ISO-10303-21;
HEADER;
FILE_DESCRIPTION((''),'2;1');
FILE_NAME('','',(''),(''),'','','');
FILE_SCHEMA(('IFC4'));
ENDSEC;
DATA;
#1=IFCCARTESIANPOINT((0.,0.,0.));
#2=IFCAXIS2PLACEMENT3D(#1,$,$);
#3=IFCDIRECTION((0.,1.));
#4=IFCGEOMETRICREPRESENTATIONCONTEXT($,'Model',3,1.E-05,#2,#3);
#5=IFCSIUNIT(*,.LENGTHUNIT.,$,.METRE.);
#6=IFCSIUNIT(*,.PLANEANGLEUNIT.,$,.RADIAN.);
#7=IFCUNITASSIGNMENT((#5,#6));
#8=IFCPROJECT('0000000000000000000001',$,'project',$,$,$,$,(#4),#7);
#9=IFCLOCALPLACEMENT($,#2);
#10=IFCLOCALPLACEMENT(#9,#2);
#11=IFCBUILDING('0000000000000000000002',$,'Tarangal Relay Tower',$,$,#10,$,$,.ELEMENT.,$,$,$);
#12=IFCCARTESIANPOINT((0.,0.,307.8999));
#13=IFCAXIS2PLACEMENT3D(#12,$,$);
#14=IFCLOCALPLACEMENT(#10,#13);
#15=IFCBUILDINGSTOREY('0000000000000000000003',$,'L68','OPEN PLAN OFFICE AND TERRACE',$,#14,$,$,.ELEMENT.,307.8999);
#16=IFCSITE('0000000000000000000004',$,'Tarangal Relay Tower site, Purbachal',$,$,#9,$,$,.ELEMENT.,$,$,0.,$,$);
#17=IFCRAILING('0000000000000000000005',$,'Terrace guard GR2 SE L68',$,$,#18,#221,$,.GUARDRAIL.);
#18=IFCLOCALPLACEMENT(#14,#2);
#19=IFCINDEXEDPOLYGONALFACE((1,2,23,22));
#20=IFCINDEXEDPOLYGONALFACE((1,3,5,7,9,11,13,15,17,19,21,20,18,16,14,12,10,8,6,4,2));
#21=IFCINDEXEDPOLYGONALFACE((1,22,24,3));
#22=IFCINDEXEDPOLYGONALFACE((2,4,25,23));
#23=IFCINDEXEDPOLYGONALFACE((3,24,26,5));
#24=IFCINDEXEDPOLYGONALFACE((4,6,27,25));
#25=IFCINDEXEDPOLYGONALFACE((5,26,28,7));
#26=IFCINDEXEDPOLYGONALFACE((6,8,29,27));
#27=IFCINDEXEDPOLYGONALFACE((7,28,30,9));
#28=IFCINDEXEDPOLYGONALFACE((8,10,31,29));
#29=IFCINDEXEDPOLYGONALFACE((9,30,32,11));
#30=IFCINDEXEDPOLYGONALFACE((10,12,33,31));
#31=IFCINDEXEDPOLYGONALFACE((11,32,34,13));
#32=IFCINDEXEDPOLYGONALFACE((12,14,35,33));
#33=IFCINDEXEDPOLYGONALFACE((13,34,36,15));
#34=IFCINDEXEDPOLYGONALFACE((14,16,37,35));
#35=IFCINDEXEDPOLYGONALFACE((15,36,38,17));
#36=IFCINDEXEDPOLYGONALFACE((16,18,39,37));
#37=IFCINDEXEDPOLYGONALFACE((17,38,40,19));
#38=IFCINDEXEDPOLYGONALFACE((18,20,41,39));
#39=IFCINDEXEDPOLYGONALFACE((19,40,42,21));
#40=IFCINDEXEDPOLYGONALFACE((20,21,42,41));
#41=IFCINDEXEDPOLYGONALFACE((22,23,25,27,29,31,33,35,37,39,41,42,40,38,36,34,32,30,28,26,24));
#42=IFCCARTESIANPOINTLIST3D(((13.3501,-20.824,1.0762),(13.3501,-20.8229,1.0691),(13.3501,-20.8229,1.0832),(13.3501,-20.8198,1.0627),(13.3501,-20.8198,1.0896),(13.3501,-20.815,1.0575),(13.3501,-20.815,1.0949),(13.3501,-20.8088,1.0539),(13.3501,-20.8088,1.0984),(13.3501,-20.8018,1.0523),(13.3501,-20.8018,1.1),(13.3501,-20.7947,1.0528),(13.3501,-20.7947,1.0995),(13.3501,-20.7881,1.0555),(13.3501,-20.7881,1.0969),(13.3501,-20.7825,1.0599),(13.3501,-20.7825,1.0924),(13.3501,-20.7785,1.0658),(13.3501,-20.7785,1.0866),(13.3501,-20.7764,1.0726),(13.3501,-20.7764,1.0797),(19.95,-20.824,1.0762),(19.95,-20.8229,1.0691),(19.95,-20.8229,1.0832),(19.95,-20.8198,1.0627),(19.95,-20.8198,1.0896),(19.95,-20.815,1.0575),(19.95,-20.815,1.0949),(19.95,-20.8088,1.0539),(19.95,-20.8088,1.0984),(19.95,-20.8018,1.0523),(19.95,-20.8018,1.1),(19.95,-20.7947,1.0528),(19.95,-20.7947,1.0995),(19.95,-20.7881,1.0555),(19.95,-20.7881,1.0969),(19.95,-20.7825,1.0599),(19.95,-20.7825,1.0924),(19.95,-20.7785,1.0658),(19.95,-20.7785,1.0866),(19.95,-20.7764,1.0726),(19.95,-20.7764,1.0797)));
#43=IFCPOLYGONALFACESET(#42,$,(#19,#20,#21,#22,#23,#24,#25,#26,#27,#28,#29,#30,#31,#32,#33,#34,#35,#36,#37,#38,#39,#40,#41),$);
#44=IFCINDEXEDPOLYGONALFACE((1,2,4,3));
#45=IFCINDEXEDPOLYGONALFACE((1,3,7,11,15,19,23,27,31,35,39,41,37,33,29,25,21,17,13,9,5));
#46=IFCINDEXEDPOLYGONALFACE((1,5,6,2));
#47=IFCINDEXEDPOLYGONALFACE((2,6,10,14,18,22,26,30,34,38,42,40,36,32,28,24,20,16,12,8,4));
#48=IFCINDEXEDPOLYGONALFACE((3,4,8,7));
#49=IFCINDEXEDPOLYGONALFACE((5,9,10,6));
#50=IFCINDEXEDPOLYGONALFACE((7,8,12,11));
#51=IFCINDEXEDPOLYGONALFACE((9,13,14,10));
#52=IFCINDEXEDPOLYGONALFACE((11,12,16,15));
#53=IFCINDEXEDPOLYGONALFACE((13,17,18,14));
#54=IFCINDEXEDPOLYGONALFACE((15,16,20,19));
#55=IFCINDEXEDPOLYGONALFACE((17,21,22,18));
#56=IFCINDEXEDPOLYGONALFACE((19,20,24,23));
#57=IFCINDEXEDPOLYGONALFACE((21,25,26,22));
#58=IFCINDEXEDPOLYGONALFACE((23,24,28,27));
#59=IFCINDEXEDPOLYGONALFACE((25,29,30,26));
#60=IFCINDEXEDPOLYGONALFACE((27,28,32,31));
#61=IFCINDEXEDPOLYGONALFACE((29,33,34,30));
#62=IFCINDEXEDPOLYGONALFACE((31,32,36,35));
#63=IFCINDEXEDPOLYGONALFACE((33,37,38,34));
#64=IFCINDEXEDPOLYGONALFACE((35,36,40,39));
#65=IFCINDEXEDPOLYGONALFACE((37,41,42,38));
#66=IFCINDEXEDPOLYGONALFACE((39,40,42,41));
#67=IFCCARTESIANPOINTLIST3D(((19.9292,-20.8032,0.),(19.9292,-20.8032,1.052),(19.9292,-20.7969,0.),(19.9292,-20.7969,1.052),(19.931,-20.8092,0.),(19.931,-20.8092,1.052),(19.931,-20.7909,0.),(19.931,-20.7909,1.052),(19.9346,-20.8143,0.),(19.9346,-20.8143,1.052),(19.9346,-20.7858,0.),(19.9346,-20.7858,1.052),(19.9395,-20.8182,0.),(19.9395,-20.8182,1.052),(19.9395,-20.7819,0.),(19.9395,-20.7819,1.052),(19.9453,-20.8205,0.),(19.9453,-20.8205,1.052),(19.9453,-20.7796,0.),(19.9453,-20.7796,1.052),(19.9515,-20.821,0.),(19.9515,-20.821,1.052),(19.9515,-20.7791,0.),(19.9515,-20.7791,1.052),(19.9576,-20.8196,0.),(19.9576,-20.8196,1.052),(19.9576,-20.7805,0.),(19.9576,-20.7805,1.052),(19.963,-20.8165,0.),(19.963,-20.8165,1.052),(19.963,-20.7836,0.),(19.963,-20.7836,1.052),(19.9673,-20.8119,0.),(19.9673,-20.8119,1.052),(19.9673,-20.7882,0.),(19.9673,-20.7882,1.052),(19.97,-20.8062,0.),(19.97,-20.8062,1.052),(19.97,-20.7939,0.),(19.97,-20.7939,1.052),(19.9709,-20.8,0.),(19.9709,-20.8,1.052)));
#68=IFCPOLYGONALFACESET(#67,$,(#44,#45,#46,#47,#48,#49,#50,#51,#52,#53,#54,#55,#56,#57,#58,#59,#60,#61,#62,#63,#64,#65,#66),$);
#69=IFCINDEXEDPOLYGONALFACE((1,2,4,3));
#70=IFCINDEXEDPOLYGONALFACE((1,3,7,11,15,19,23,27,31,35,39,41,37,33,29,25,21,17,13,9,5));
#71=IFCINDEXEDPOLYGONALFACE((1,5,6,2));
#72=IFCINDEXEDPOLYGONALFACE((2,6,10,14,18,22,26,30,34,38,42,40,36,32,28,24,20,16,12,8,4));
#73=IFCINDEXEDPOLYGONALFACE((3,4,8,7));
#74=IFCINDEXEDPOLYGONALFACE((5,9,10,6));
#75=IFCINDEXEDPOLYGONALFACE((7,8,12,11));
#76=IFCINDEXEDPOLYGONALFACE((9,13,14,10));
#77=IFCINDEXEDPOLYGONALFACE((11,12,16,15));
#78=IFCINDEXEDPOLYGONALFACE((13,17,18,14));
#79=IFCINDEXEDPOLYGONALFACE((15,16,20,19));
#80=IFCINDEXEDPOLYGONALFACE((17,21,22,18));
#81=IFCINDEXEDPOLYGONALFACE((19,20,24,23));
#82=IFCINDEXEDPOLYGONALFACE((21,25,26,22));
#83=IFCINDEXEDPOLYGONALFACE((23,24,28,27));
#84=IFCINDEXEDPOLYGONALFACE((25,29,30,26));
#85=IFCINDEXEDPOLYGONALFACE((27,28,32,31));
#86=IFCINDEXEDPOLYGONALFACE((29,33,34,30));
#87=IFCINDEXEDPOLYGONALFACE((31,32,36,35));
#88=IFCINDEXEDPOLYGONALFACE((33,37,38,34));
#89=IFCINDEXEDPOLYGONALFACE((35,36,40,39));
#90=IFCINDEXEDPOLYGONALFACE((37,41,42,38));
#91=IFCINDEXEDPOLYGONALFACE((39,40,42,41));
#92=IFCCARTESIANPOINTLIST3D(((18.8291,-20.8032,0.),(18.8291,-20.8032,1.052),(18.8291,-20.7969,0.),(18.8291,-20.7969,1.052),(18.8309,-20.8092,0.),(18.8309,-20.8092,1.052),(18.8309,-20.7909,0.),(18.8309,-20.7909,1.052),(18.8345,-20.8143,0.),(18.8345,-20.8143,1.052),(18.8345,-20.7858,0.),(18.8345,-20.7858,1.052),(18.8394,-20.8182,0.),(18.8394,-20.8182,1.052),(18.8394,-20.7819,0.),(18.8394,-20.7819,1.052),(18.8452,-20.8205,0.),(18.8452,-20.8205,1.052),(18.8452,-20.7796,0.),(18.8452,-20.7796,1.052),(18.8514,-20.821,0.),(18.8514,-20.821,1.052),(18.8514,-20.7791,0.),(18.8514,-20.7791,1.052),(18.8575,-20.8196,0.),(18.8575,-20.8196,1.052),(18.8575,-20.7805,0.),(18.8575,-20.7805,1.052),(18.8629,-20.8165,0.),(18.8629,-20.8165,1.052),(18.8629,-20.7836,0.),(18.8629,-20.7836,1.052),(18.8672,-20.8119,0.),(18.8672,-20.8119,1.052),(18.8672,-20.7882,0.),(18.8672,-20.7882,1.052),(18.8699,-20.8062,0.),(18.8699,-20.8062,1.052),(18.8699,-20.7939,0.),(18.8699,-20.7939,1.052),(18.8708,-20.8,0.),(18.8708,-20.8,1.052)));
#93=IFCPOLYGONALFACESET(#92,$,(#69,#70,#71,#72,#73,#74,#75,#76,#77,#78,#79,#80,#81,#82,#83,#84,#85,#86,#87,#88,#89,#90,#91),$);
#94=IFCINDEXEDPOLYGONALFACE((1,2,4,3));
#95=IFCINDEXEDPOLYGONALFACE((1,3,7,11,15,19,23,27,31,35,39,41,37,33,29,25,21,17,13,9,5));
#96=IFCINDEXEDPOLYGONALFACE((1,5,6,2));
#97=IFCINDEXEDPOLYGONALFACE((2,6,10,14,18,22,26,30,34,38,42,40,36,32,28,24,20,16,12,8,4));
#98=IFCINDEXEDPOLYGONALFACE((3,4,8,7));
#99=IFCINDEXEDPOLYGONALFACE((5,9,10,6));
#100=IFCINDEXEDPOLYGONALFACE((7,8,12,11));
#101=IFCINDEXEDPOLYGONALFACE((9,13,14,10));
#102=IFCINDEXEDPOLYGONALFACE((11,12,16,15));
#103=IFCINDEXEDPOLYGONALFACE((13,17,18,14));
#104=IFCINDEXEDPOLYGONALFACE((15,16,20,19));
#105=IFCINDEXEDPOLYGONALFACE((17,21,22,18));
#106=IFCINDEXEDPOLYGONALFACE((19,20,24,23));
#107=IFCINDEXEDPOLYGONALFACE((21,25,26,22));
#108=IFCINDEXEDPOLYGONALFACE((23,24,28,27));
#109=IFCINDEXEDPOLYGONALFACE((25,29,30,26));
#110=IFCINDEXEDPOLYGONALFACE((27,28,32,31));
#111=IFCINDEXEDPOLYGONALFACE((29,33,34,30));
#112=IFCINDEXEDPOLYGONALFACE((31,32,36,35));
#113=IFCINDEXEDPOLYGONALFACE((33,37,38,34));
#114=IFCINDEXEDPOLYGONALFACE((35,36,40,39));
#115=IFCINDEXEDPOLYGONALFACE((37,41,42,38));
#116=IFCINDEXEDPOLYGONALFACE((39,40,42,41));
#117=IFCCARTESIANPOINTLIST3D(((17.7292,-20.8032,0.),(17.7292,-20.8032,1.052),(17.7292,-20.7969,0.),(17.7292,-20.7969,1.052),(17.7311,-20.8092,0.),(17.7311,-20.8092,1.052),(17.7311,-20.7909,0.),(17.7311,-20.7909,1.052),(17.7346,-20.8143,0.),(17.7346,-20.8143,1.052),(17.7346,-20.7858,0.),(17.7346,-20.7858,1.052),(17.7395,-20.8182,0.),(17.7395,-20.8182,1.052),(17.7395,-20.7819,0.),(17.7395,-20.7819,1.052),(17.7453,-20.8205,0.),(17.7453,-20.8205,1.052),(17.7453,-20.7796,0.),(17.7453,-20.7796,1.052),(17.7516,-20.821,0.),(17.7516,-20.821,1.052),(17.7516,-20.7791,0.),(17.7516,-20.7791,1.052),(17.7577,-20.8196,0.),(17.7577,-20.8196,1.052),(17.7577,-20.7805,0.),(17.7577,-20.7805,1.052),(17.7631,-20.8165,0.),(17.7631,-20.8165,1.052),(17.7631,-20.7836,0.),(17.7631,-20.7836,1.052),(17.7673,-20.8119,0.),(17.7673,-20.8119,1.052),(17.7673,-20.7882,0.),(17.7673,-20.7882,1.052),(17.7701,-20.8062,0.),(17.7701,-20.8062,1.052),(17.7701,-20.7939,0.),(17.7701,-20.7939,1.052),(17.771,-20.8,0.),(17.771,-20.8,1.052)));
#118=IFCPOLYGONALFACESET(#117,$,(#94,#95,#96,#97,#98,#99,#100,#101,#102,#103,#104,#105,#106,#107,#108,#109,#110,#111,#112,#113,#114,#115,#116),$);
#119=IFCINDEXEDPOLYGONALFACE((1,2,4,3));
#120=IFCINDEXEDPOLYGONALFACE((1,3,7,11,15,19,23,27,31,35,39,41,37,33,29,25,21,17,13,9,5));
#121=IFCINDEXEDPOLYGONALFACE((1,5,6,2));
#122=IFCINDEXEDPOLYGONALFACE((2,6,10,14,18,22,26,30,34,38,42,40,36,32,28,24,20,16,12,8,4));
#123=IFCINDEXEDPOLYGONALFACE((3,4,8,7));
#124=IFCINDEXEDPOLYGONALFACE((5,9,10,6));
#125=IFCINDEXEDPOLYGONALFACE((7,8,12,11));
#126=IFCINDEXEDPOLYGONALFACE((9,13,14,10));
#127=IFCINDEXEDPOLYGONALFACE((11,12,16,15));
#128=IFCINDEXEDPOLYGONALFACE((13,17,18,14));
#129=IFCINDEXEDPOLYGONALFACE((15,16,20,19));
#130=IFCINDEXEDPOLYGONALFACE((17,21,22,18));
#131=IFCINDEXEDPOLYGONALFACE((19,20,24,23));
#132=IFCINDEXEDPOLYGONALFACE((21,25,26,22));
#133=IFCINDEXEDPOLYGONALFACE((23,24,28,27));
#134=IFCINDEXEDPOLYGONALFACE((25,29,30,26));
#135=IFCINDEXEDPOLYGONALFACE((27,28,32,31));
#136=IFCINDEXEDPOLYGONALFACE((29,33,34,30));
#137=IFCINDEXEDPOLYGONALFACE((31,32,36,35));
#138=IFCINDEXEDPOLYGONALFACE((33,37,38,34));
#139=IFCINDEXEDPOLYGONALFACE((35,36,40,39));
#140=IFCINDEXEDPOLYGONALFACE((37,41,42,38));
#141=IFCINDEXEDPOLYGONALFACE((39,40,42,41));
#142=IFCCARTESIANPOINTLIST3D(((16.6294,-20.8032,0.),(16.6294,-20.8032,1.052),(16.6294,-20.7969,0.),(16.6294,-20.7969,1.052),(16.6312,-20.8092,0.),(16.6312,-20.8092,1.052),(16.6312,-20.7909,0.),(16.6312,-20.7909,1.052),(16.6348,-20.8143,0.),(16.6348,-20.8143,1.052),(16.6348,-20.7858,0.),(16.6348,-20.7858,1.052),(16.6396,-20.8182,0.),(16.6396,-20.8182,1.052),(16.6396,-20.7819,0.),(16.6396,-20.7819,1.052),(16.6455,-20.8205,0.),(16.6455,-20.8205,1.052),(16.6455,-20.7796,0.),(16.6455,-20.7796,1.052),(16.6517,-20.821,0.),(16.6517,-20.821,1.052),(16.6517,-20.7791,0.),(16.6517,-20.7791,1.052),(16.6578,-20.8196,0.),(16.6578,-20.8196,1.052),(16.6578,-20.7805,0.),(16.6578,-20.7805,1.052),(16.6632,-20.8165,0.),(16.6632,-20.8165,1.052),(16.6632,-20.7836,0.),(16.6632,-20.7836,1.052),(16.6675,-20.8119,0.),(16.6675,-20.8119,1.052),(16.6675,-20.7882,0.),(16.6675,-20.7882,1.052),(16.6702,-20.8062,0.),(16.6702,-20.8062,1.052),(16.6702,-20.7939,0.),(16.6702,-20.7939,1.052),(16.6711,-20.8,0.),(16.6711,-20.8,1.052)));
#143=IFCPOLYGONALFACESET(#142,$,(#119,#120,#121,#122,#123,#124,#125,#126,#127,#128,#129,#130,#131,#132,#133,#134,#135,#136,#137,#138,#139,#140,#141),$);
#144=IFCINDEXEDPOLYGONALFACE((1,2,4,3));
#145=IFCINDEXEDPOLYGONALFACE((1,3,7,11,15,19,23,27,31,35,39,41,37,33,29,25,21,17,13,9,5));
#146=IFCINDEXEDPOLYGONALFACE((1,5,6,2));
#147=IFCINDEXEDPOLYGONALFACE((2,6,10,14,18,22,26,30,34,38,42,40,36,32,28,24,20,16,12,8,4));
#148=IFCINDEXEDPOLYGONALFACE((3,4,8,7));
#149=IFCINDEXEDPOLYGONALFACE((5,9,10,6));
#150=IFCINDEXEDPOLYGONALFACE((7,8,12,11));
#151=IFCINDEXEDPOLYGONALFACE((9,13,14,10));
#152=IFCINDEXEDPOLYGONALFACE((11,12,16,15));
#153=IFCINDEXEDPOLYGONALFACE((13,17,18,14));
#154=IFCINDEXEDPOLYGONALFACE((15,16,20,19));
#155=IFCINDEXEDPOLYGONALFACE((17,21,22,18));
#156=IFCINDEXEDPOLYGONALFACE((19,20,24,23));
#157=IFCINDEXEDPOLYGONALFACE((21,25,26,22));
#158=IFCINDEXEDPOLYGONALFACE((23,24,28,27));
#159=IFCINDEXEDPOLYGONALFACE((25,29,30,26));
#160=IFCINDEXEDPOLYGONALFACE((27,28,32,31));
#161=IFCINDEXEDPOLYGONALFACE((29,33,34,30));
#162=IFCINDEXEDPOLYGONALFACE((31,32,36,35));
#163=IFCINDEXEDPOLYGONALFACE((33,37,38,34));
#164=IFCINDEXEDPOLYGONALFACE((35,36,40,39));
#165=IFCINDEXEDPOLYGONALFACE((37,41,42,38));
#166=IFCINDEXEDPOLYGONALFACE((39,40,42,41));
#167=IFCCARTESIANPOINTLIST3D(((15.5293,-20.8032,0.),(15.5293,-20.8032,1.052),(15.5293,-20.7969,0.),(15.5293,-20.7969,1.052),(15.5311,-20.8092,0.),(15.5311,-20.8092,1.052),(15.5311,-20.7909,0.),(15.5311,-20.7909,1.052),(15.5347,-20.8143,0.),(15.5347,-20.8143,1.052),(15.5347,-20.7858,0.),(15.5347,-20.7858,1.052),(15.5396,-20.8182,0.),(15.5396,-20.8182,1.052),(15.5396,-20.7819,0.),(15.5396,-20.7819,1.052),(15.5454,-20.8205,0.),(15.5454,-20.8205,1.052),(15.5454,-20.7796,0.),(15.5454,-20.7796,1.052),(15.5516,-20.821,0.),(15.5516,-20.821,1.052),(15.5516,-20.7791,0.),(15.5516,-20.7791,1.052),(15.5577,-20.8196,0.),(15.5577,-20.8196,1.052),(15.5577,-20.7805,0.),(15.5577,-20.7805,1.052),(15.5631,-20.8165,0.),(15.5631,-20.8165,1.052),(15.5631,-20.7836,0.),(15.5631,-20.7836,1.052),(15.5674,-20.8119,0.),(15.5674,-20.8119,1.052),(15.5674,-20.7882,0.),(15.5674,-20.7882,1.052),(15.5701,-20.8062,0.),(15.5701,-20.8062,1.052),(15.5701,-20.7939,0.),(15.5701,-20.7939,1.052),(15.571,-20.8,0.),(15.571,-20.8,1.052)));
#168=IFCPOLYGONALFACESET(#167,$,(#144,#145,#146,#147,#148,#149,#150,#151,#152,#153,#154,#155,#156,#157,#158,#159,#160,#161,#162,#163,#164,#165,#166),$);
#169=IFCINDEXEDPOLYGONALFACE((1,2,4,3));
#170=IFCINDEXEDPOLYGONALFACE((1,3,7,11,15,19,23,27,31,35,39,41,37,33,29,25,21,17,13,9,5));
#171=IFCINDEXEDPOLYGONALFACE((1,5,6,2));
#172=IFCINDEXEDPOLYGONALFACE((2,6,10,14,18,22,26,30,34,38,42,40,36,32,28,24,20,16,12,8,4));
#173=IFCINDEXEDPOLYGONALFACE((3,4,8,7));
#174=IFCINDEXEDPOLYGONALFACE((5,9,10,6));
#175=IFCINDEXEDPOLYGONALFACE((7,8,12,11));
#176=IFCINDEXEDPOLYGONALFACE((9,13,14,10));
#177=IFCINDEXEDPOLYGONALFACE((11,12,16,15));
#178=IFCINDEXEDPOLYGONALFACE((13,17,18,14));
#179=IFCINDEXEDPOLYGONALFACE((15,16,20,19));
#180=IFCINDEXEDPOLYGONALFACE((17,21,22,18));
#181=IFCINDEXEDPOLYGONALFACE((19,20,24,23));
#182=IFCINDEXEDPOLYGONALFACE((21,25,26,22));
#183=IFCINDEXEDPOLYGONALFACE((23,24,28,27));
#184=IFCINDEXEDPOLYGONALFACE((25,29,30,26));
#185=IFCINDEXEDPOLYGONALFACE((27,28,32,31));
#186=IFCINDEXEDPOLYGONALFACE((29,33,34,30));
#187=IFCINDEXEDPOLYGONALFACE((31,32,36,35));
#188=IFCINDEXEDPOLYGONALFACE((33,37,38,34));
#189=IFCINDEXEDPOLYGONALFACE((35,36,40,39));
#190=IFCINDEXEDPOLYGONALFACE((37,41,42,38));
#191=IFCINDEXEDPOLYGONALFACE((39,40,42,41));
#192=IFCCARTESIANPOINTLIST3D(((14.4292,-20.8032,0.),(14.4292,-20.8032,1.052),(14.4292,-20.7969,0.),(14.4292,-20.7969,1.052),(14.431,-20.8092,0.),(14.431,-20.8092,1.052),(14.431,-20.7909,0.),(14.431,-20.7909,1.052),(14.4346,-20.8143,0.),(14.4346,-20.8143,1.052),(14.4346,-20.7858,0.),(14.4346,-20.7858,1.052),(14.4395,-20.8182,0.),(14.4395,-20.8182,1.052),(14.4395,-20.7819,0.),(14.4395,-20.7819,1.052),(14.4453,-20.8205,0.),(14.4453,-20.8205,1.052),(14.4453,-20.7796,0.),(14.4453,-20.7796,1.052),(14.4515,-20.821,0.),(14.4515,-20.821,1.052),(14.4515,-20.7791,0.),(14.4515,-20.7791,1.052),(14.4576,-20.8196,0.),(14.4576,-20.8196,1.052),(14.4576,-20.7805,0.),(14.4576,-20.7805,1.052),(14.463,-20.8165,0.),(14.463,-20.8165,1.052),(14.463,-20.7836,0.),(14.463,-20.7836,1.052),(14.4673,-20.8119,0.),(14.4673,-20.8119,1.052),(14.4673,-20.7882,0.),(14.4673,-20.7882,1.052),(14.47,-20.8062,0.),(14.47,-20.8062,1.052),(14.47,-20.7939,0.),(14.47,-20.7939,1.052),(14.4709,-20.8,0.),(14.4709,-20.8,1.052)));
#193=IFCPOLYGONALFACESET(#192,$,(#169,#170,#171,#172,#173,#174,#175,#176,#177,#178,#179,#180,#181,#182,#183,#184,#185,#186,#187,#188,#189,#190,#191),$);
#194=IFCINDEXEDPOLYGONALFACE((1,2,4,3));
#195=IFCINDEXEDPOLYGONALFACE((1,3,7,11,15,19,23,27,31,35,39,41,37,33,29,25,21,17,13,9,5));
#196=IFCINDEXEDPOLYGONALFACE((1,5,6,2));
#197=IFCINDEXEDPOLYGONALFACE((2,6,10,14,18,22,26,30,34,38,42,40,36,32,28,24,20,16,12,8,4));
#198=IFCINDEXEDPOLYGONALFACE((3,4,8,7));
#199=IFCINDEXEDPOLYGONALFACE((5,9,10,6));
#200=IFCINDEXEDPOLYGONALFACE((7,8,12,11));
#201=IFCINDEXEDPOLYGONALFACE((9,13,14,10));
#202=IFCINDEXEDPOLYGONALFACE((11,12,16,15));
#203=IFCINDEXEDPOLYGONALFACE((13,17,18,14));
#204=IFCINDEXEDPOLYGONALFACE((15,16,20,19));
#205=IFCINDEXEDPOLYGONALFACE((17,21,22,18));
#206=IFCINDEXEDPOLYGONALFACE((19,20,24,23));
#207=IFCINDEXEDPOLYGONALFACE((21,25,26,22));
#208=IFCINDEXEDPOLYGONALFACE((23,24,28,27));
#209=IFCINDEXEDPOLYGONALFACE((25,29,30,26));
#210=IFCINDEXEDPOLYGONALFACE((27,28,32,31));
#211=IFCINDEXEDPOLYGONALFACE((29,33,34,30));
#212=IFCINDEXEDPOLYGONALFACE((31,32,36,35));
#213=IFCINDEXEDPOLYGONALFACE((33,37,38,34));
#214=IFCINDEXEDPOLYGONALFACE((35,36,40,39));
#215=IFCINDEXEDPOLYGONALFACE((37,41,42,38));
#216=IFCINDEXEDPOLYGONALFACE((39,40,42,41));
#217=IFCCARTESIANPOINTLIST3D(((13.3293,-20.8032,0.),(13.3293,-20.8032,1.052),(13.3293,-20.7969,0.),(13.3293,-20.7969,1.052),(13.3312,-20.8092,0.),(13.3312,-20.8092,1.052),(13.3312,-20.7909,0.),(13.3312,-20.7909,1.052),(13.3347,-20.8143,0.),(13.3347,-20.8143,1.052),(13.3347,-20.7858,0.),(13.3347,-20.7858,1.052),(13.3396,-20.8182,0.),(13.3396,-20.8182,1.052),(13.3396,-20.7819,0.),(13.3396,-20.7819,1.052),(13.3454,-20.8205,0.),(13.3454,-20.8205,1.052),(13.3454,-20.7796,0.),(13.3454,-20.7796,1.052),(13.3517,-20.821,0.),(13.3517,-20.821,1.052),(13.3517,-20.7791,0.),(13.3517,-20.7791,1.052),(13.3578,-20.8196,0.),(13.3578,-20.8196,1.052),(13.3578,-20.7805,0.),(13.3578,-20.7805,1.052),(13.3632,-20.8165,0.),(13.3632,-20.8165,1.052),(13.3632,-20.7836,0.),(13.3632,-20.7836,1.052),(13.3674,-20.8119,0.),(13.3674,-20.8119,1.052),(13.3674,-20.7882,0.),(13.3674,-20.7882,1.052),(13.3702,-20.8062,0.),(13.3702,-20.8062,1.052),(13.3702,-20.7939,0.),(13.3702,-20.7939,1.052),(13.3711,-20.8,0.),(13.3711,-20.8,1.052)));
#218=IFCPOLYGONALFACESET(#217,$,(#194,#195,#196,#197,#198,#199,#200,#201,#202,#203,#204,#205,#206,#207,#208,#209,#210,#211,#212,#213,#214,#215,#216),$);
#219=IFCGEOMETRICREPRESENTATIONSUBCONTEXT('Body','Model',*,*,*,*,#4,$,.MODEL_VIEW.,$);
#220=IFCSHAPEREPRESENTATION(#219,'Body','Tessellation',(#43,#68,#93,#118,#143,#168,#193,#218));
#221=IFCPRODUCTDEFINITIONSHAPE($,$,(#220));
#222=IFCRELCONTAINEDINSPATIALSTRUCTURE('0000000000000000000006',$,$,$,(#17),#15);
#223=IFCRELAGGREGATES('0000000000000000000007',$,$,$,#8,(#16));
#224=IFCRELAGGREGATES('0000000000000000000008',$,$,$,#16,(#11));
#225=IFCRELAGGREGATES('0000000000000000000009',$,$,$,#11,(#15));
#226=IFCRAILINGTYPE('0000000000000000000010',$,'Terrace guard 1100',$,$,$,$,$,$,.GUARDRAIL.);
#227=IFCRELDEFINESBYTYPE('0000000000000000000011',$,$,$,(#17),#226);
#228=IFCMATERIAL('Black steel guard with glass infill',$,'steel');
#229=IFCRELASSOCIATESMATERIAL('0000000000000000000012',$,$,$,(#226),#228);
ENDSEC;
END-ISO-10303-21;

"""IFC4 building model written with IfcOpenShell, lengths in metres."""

from ifc_helpers import new_model, si_unit, direction, frame, origin, origin_2d, place, context, subcontext, project, spatial, circle, extrude, material, type_object, element, save


model = new_model("IFC4")

# Units and contexts
model_context = context("Model", 3, precision=1e-05, world=origin(), true_north=direction((0.0, 1.0)))
body_context = subcontext(model_context, "Body", "Model", "MODEL_VIEW")
ifc_project = project(units=[si_unit("LENGTHUNIT", "METRE"), si_unit("PLANEANGLEUNIT", "RADIAN")], contexts=[model_context])

# Site, building, storey
site_placement = place(None, origin())
site = spatial("IfcSite", under=ifc_project, at=site_placement, Name="Tarangal Relay Tower site, Purbachal", CompositionType="ELEMENT", RefElevation=0.0)
building_placement = place(site_placement, origin())
building = spatial("IfcBuilding", under=site, at=building_placement, Name="Tarangal Relay Tower", CompositionType="ELEMENT")
storey_placement = place(building_placement, frame((0.0, 0.0, 307.8999)))
storey = spatial("IfcBuildingStorey", under=building, at=storey_placement, Name="L68", Description="OPEN PLAN OFFICE AND TERRACE", CompositionType="ELEMENT", Elevation=307.8999)

# Railing
ifc_material_1 = material(Name="Black steel guard with glass infill", Category="steel")
railing_type = type_object("IfcRailingType", Name="Terrace guard 1100", PredefinedType="GUARDRAIL", material=ifc_material_1)
railing_1_placement = place(storey_placement, frame((19.95, -20.8, 0.0)))
element("IfcRailing", 1, at=railing_1_placement, inside=storey, type_object=railing_type, Name="Terrace guard GR2 SE L68", PredefinedType="GUARDRAIL", context=body_context, shape_type="SweptSolid", body=[
    extrude(circle(Radius=0.0239, at=origin_2d()), frame((0.0, 0.0, 1.0762), z_axis=(-1.0, 0.0, 0.0), x_axis=(0.0, -1.0, 0.0)), (0.0, 0.0, 1.0), 6.5999),
    extrude(circle(Radius=0.021, at=origin_2d()), origin(), (0.0, 0.0, 1.0), 1.052),
    extrude(circle(Radius=0.021, at=origin_2d()), frame((-1.1001, 0.0, 0.0)), (0.0, 0.0, 1.0), 1.052),
    extrude(circle(Radius=0.021, at=origin_2d()), frame((-2.2, 0.0, 0.0)), (0.0, 0.0, 1.0), 1.052),
    extrude(circle(Radius=0.021, at=origin_2d()), frame((-3.2998, 0.0, 0.0)), (0.0, 0.0, 1.0), 1.052),
    extrude(circle(Radius=0.021, at=origin_2d()), frame((-4.3999, 0.0, 0.0)), (0.0, 0.0, 1.0), 1.052),
    extrude(circle(Radius=0.021, at=origin_2d()), frame((-5.5, 0.0, 0.0)), (0.0, 0.0, 1.0), 1.052),
    extrude(circle(Radius=0.021, at=origin_2d()), frame((-6.5999, 0.0, 0.0)), (0.0, 0.0, 1.0), 1.052),
])

save(model, "model.ifc")
